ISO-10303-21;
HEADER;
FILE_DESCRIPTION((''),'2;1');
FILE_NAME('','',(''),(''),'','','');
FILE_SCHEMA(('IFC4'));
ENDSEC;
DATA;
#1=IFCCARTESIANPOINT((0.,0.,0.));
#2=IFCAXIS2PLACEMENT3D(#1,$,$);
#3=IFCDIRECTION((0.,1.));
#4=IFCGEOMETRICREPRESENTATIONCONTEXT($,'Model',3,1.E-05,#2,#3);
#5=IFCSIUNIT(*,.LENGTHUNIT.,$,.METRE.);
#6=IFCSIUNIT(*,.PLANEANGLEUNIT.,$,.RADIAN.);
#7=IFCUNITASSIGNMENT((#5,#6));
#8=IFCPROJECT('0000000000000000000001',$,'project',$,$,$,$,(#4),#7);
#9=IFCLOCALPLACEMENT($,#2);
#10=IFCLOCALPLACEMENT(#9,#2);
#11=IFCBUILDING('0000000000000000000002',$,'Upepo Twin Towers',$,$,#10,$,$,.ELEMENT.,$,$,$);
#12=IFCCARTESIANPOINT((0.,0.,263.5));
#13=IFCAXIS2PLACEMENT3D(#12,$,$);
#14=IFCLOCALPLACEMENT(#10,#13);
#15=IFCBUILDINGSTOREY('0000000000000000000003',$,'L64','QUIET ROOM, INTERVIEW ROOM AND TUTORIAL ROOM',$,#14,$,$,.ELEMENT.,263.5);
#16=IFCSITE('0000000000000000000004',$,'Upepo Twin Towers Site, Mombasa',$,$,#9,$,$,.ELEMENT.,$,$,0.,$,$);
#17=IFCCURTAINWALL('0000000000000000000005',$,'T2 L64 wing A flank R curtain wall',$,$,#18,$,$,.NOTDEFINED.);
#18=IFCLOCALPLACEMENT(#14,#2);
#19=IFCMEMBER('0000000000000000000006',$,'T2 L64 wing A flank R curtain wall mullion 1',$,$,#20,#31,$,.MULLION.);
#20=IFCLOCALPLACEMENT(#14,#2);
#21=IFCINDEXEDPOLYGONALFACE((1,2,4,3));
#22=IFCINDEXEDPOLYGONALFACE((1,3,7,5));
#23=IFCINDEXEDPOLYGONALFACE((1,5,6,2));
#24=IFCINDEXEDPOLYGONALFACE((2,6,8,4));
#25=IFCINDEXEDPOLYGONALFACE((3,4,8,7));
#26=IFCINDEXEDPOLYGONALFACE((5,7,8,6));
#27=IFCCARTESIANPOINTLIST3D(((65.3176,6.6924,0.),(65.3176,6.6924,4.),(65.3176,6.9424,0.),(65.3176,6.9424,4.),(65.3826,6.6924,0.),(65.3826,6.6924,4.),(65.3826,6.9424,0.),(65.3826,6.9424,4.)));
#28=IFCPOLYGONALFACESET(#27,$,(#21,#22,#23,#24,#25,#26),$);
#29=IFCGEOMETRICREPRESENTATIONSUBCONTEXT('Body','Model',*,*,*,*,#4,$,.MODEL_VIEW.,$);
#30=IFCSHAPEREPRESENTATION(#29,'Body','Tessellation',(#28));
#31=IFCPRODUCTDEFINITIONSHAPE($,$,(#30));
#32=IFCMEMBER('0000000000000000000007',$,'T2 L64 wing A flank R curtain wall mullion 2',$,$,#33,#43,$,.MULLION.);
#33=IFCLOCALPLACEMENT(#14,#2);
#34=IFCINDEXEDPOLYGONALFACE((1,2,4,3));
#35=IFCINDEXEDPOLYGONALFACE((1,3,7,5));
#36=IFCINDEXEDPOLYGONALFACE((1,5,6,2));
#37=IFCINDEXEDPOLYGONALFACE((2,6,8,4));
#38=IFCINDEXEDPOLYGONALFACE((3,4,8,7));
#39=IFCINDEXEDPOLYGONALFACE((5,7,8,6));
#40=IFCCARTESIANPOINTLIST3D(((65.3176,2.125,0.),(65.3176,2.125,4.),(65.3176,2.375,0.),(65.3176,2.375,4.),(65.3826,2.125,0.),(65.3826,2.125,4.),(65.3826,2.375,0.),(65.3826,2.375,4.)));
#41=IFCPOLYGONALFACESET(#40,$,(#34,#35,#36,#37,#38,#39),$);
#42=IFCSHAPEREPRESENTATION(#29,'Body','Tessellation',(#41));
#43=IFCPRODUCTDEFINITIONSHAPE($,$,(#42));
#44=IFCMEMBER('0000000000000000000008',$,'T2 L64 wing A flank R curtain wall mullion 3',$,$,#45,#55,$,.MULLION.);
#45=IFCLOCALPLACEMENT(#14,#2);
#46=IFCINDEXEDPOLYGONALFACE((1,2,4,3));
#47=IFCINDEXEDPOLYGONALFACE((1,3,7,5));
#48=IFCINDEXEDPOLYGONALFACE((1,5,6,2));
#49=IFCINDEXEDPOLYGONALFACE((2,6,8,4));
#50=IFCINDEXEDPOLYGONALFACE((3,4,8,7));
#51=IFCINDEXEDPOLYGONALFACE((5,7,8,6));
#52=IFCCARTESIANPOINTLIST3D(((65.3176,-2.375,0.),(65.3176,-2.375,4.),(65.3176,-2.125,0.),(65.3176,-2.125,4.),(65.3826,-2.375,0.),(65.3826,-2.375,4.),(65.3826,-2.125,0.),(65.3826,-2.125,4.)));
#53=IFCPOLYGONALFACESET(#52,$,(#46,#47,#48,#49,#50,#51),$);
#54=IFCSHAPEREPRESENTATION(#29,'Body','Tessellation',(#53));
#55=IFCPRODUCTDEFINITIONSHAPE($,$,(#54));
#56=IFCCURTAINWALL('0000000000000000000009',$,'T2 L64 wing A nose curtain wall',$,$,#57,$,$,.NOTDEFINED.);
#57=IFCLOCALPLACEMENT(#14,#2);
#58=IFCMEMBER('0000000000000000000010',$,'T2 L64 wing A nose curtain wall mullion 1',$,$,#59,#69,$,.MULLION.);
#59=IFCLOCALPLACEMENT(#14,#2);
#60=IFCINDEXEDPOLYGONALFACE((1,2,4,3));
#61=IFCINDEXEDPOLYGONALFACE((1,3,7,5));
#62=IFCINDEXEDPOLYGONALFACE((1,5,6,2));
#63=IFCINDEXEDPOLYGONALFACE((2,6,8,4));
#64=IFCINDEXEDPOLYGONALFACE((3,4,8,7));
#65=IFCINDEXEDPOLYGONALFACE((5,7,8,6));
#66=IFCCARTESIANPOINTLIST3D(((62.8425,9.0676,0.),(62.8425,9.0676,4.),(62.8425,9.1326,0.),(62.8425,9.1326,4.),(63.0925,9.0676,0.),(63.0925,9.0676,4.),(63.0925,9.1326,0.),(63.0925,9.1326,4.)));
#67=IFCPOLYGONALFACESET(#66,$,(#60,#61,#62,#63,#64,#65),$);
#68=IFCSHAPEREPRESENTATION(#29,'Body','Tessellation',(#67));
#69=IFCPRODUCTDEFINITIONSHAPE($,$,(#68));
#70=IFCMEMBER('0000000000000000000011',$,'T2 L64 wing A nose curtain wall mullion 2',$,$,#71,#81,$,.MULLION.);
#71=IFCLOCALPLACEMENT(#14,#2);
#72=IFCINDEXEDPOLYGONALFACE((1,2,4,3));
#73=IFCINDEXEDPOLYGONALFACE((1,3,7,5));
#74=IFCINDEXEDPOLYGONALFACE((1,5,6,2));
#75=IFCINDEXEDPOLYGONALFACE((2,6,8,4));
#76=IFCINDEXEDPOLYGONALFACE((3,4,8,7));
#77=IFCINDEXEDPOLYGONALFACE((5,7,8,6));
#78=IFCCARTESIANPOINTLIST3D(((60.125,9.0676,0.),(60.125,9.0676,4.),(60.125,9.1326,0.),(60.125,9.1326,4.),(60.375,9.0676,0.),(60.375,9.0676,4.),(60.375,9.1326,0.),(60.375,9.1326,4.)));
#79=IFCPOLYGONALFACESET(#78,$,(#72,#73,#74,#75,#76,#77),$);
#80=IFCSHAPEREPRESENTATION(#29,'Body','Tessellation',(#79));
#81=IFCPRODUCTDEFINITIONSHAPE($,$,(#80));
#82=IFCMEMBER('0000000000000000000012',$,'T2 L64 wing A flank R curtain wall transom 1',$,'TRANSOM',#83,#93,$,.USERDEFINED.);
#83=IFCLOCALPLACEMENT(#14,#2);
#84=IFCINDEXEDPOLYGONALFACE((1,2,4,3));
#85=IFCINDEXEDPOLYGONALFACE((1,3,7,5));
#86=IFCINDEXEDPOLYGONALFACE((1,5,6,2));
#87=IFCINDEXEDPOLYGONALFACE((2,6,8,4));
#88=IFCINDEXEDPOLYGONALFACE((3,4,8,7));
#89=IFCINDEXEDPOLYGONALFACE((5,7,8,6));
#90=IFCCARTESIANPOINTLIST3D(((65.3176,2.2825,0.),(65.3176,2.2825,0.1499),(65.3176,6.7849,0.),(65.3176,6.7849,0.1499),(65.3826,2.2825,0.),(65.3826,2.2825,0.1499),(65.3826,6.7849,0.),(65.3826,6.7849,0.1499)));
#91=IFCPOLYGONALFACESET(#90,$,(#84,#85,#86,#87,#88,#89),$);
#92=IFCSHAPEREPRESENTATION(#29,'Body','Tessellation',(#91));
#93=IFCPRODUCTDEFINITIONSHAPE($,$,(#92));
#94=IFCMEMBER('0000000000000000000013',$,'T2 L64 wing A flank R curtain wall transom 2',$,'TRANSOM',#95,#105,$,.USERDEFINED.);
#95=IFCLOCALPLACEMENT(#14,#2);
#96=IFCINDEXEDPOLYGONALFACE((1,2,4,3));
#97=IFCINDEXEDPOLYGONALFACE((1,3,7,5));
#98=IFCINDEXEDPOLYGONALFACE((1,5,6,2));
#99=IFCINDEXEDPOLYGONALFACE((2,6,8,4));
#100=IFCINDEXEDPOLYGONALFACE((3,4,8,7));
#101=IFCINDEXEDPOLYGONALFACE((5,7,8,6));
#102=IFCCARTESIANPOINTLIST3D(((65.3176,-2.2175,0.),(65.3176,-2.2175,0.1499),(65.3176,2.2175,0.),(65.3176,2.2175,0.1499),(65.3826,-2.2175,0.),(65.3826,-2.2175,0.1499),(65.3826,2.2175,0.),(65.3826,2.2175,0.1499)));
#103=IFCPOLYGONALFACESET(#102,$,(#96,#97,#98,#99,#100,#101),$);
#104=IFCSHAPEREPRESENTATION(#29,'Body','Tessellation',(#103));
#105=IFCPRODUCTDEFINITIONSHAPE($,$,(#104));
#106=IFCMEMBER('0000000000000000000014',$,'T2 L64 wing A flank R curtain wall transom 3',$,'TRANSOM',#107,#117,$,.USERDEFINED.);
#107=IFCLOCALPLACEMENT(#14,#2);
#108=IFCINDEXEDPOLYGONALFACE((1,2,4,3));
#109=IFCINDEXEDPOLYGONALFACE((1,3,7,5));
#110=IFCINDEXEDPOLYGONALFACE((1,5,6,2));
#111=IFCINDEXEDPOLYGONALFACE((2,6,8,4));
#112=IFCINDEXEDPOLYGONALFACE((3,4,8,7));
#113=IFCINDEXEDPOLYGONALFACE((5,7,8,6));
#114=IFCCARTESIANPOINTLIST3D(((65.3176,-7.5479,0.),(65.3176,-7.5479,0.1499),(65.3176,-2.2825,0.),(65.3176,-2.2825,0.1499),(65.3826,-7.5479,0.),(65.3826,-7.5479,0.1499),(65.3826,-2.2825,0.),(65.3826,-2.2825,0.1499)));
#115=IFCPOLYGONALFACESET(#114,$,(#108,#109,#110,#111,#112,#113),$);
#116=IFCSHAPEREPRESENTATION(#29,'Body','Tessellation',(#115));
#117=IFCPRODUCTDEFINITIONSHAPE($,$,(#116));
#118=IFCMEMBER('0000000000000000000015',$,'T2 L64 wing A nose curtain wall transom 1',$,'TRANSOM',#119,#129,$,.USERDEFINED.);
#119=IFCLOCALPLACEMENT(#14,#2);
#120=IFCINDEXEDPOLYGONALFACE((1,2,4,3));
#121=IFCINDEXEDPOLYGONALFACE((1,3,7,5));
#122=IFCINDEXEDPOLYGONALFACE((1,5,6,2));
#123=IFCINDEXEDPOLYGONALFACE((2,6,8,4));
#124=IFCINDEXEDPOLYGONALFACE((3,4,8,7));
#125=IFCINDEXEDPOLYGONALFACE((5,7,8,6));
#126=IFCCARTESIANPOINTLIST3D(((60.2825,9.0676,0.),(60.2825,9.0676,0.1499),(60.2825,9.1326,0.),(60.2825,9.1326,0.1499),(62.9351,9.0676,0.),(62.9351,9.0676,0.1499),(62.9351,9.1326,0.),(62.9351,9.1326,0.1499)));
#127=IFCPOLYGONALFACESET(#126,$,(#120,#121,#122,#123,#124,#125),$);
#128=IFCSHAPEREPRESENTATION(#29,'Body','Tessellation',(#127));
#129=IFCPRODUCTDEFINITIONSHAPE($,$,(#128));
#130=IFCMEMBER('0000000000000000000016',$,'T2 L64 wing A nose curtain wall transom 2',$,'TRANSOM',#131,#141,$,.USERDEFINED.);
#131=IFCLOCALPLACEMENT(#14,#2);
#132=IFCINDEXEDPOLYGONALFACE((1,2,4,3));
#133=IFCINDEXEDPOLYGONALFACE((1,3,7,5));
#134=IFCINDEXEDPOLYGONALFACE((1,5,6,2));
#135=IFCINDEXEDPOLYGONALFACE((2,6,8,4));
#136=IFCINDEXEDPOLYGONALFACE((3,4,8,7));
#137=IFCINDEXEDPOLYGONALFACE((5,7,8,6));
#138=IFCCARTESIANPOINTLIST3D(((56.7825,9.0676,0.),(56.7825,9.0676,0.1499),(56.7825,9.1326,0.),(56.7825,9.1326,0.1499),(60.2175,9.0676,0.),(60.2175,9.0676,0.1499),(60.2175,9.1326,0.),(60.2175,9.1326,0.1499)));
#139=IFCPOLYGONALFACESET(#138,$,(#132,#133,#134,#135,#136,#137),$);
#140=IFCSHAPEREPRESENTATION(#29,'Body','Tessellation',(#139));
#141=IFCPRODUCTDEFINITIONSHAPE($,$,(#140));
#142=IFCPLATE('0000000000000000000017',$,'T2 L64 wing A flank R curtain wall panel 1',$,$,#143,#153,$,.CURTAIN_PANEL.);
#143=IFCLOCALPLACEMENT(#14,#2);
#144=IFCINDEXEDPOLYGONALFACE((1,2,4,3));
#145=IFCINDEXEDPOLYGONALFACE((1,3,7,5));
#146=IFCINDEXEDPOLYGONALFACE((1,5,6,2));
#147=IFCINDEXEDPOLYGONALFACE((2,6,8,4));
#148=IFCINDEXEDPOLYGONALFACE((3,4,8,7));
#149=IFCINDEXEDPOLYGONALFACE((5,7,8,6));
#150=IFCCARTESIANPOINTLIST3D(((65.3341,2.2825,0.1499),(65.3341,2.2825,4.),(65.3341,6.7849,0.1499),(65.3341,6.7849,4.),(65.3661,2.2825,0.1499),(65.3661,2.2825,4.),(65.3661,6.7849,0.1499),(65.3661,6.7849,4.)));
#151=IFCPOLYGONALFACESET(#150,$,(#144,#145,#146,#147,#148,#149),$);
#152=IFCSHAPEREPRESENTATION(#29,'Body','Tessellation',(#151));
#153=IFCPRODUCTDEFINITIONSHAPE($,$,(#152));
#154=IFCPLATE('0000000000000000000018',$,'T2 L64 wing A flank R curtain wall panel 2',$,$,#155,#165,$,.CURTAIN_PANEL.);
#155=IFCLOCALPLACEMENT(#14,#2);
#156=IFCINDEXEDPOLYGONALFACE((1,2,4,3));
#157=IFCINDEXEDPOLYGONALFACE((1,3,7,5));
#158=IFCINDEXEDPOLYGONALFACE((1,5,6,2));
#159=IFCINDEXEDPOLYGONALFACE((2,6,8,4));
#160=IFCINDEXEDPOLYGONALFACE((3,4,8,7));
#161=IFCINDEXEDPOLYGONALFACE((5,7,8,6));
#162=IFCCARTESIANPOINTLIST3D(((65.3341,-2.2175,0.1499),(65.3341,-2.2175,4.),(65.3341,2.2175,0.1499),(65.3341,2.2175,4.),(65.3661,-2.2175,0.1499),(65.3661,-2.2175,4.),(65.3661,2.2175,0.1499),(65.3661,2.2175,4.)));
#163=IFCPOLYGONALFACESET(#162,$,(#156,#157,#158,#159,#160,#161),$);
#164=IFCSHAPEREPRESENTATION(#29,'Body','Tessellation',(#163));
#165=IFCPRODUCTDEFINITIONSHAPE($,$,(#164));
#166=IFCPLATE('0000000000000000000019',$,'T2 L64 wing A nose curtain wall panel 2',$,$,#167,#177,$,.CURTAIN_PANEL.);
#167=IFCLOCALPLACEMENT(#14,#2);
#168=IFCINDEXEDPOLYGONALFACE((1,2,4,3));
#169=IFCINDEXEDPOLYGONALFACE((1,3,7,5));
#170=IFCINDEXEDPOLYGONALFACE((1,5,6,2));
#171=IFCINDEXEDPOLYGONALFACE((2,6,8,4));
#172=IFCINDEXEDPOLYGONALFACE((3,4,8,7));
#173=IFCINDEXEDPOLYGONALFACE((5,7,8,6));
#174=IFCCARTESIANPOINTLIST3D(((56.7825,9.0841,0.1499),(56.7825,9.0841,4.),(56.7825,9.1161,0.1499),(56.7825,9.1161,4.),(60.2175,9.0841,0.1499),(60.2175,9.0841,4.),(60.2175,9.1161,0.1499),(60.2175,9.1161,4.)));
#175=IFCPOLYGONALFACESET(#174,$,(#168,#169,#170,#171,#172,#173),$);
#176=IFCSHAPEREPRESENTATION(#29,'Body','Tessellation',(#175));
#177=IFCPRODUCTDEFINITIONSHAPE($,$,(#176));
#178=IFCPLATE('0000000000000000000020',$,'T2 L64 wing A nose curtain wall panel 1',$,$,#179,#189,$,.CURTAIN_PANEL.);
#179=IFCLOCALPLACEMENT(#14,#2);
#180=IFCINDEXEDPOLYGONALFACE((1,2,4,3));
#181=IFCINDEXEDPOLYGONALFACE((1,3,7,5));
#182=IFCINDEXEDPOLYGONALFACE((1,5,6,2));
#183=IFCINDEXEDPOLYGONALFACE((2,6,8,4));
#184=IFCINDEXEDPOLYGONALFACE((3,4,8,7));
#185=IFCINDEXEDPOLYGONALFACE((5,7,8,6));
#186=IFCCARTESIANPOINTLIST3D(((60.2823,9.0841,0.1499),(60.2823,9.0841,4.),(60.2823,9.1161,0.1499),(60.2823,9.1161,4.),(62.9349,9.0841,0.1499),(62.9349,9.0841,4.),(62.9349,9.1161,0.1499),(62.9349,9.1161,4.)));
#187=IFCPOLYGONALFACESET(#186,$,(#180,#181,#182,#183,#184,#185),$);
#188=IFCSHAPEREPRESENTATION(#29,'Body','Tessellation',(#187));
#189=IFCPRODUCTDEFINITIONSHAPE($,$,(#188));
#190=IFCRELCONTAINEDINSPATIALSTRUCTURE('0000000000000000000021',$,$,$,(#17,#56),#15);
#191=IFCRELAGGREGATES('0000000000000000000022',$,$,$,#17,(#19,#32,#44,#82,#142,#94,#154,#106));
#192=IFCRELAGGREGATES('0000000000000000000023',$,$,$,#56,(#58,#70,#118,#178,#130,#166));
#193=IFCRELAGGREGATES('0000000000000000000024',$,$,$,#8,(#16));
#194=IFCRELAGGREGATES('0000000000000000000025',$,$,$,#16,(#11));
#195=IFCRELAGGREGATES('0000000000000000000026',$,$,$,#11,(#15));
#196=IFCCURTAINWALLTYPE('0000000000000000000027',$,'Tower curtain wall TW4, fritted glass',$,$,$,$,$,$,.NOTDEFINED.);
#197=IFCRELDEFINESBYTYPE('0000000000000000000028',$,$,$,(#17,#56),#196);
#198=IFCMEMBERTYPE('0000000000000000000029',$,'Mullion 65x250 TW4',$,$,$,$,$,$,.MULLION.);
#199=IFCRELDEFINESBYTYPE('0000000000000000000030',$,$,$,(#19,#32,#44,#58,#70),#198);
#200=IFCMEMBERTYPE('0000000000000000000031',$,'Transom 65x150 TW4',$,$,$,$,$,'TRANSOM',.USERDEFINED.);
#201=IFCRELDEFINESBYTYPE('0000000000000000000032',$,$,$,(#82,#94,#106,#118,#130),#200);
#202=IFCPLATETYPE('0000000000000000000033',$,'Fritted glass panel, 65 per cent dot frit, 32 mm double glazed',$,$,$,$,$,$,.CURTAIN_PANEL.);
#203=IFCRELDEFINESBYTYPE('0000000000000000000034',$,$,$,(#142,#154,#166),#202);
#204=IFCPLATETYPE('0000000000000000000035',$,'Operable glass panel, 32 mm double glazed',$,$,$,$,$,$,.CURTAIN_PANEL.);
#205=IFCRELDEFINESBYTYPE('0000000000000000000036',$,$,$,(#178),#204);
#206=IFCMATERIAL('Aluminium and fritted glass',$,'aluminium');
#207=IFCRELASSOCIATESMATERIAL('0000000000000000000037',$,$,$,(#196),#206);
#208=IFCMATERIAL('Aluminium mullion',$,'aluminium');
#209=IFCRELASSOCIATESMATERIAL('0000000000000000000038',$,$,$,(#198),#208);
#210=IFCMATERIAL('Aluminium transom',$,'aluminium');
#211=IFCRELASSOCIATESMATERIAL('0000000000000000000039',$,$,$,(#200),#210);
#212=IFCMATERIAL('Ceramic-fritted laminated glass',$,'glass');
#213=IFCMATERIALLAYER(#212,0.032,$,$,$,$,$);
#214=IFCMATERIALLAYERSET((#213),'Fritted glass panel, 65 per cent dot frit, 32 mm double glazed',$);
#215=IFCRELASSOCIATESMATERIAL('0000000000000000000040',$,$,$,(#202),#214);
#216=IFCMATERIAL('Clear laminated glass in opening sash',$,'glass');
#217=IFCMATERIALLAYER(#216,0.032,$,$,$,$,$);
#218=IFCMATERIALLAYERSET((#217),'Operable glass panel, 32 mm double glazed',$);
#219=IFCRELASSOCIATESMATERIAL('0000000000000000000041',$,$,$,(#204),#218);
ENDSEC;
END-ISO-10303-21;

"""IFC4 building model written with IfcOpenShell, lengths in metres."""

from ifc_helpers import new_model, si_unit, direction, frame, origin, origin_2d, place, context, subcontext, project, spatial, rectangle, extrude, material, layer, layer_set, material_profile, profile_set, type_object, element, aggregate, save


model = new_model("IFC4")

# Units and contexts
model_context = context("Model", 3, precision=1e-05, world=origin(), true_north=direction((0.0, 1.0)))
body_context = subcontext(model_context, "Body", "Model", "MODEL_VIEW")
ifc_project = project(units=[si_unit("LENGTHUNIT", "METRE"), si_unit("PLANEANGLEUNIT", "RADIAN")], contexts=[model_context])

# Site, building, storey
site_placement = place(None, origin())
site = spatial("IfcSite", under=ifc_project, at=site_placement, Name="Upepo Twin Towers Site, Mombasa", CompositionType="ELEMENT", RefElevation=0.0)
building_placement = place(site_placement, origin())
building = spatial("IfcBuilding", under=site, at=building_placement, Name="Upepo Twin Towers", CompositionType="ELEMENT")
storey_placement = place(building_placement, frame((0.0, 0.0, 263.5)))
storey = spatial("IfcBuildingStorey", under=building, at=storey_placement, Name="L64", Description="QUIET ROOM, INTERVIEW ROOM AND TUTORIAL ROOM", CompositionType="ELEMENT", Elevation=263.5)

# Curtain walls, members
ifc_material_1 = material(Name="Aluminium and fritted glass", Category="aluminium")
curtain_wall_type = type_object("IfcCurtainWallType", Name="Tower curtain wall TW4, fritted glass", PredefinedType="NOTDEFINED", material=ifc_material_1)
curtain_wall_1_placement = place(storey_placement, origin())
curtain_wall_1 = element("IfcCurtainWall", 1, at=curtain_wall_1_placement, inside=storey, type_object=curtain_wall_type, Name="T2 L64 wing A flank R curtain wall", PredefinedType="NOTDEFINED")
ifc_material_2 = material(Name="Aluminium mullion", Category="aluminium")
ifc_material_profile_1 = material_profile(ifc_material_2, rectangle(XDim=0.0649, YDim=0.25, at=origin_2d()), Name="MULLION 65x250")
ifc_profile_set_1 = profile_set([ifc_material_profile_1], Name="Aluminium mullion")
member_type_1 = type_object("IfcMemberType", Name="Mullion 65x250 TW4", PredefinedType="MULLION", material=ifc_profile_set_1)
member_1_placement = place(storey_placement, frame((65.3501, 6.8174, 0.0), z_axis=(0.0, 0.0, 1.0), x_axis=(1.0, 0.0, 0.0)))
member_1 = element("IfcMember", 2, at=member_1_placement, type_object=member_type_1, Name="T2 L64 wing A flank R curtain wall mullion 1", PredefinedType="MULLION", context=body_context, shape_type="SweptSolid", body=[
    extrude(rectangle(XDim=0.0649, YDim=0.25, at=origin_2d()), origin(), (0.0, 0.0, 1.0), 4.0),
])
member_2_placement = place(storey_placement, frame((65.3501, 2.25, 0.0), z_axis=(0.0, 0.0, 1.0), x_axis=(1.0, 0.0, 0.0)))
member_2 = element("IfcMember", 3, at=member_2_placement, type_object=member_type_1, Name="T2 L64 wing A flank R curtain wall mullion 2", PredefinedType="MULLION", context=body_context, shape_type="SweptSolid", body=[
    extrude(rectangle(XDim=0.0649, YDim=0.25, at=origin_2d()), origin(), (0.0, 0.0, 1.0), 4.0),
])
member_3_placement = place(storey_placement, frame((65.3501, -2.25, 0.0), z_axis=(0.0, 0.0, 1.0), x_axis=(1.0, 0.0, 0.0)))
member_3 = element("IfcMember", 4, at=member_3_placement, type_object=member_type_1, Name="T2 L64 wing A flank R curtain wall mullion 3", PredefinedType="MULLION", context=body_context, shape_type="SweptSolid", body=[
    extrude(rectangle(XDim=0.0649, YDim=0.25, at=origin_2d()), origin(), (0.0, 0.0, 1.0), 4.0),
])
curtain_wall_2_placement = place(storey_placement, origin())
curtain_wall_2 = element("IfcCurtainWall", 5, at=curtain_wall_2_placement, inside=storey, type_object=curtain_wall_type, Name="T2 L64 wing A nose curtain wall", PredefinedType="NOTDEFINED")
member_4_placement = place(storey_placement, frame((62.9675, 9.1001, 0.0), z_axis=(0.0, 0.0, 1.0), x_axis=(0.0, -1.0, 0.0)))
member_4 = element("IfcMember", 6, at=member_4_placement, type_object=member_type_1, Name="T2 L64 wing A nose curtain wall mullion 1", PredefinedType="MULLION", context=body_context, shape_type="SweptSolid", body=[
    extrude(rectangle(XDim=0.0649, YDim=0.25, at=origin_2d()), origin(), (0.0, 0.0, 1.0), 4.0),
])
member_5_placement = place(storey_placement, frame((60.25, 9.1001, 0.0), z_axis=(0.0, 0.0, 1.0), x_axis=(0.0, -1.0, 0.0)))
member_5 = element("IfcMember", 7, at=member_5_placement, type_object=member_type_1, Name="T2 L64 wing A nose curtain wall mullion 2", PredefinedType="MULLION", context=body_context, shape_type="SweptSolid", body=[
    extrude(rectangle(XDim=0.0649, YDim=0.25, at=origin_2d()), origin(), (0.0, 0.0, 1.0), 4.0),
])

# Members
ifc_material_3 = material(Name="Aluminium transom", Category="aluminium")
ifc_material_profile_2 = material_profile(ifc_material_3, rectangle(XDim=0.0649, YDim=0.1499, at=origin_2d()), Name="TRANSOM 65x150")
ifc_profile_set_2 = profile_set([ifc_material_profile_2], Name="Aluminium transom")
member_type_2 = type_object("IfcMemberType", Name="Transom 65x150 TW4", ElementType="TRANSOM", PredefinedType="USERDEFINED", material=ifc_profile_set_2)
member_6_placement = place(storey_placement, frame((65.3501, 6.7849, 0.075), z_axis=(0.0, -1.0, 0.0), x_axis=(1.0, 0.0, 0.0)))
member_6 = element("IfcMember", 8, at=member_6_placement, type_object=member_type_2, Name="T2 L64 wing A flank R curtain wall transom 1", ObjectType="TRANSOM", PredefinedType="USERDEFINED", context=body_context, shape_type="SweptSolid", body=[
    extrude(rectangle(XDim=0.0649, YDim=0.1499, at=origin_2d()), origin(), (0.0, 0.0, 1.0), 4.5024),
])
member_7_placement = place(storey_placement, frame((65.3501, 2.2175, 0.075), z_axis=(0.0, -1.0, 0.0), x_axis=(1.0, 0.0, 0.0)))
member_7 = element("IfcMember", 9, at=member_7_placement, type_object=member_type_2, Name="T2 L64 wing A flank R curtain wall transom 2", ObjectType="TRANSOM", PredefinedType="USERDEFINED", context=body_context, shape_type="SweptSolid", body=[
    extrude(rectangle(XDim=0.0649, YDim=0.1499, at=origin_2d()), origin(), (0.0, 0.0, 1.0), 4.4351),
])
member_8_placement = place(storey_placement, frame((65.3501, -2.2825, 0.075), z_axis=(0.0, -1.0, 0.0), x_axis=(1.0, 0.0, 0.0)))
member_8 = element("IfcMember", 10, at=member_8_placement, type_object=member_type_2, Name="T2 L64 wing A flank R curtain wall transom 3", ObjectType="TRANSOM", PredefinedType="USERDEFINED", context=body_context, shape_type="SweptSolid", body=[
    extrude(rectangle(XDim=0.0649, YDim=0.1499, at=origin_2d()), origin(), (0.0, 0.0, 1.0), 5.2654),
])
member_9_placement = place(storey_placement, frame((62.9351, 9.1001, 0.075), z_axis=(-1.0, 0.0, 0.0), x_axis=(0.0, -1.0, 0.0)))
member_9 = element("IfcMember", 11, at=member_9_placement, type_object=member_type_2, Name="T2 L64 wing A nose curtain wall transom 1", ObjectType="TRANSOM", PredefinedType="USERDEFINED", context=body_context, shape_type="SweptSolid", body=[
    extrude(rectangle(XDim=0.0649, YDim=0.1499, at=origin_2d()), origin(), (0.0, 0.0, 1.0), 2.6526),
])
member_10_placement = place(storey_placement, frame((60.2175, 9.1001, 0.075), z_axis=(-1.0, 0.0, 0.0), x_axis=(0.0, -1.0, 0.0)))
member_10 = element("IfcMember", 12, at=member_10_placement, type_object=member_type_2, Name="T2 L64 wing A nose curtain wall transom 2", ObjectType="TRANSOM", PredefinedType="USERDEFINED", context=body_context, shape_type="SweptSolid", body=[
    extrude(rectangle(XDim=0.0649, YDim=0.1499, at=origin_2d()), origin(), (0.0, 0.0, 1.0), 3.4351),
])

# Plates
ifc_material_4 = material(Name="Ceramic-fritted laminated glass", Category="glass")
ifc_layer_1 = layer(ifc_material_4, 0.032)
ifc_layer_set_1 = layer_set([ifc_layer_1], Name="Fritted glass panel, 65 per cent dot frit, 32 mm double glazed")
plate_type_1 = type_object("IfcPlateType", Name="Fritted glass panel, 65 per cent dot frit, 32 mm double glazed", PredefinedType="CURTAIN_PANEL", material=ifc_layer_set_1)
plate_1_placement = place(storey_placement, frame((65.3501, 4.5337, 0.1499), z_axis=(0.0, 0.0, 1.0), x_axis=(0.0, -1.0, 0.0)))
plate_1 = element("IfcPlate", 13, at=plate_1_placement, type_object=plate_type_1, Name="T2 L64 wing A flank R curtain wall panel 1", PredefinedType="CURTAIN_PANEL", context=body_context, shape_type="SweptSolid", body=[
    extrude(rectangle(XDim=4.5024, YDim=0.032, at=origin_2d()), origin(), (0.0, 0.0, 1.0), 3.8501),
])
plate_2_placement = place(storey_placement, frame((65.3501, 0.0, 0.1499), z_axis=(0.0, 0.0, 1.0), x_axis=(0.0, -1.0, 0.0)))
plate_2 = element("IfcPlate", 14, at=plate_2_placement, type_object=plate_type_1, Name="T2 L64 wing A flank R curtain wall panel 2", PredefinedType="CURTAIN_PANEL", context=body_context, shape_type="SweptSolid", body=[
    extrude(rectangle(XDim=4.4351, YDim=0.032, at=origin_2d()), origin(), (0.0, 0.0, 1.0), 3.8501),
])
aggregate(curtain_wall_1, [member_1, member_2, member_3, member_6, plate_1, member_7, plate_2, member_8])
plate_3_placement = place(storey_placement, frame((58.5, 9.1001, 0.1499), z_axis=(0.0, 0.0, 1.0), x_axis=(-1.0, 0.0, 0.0)))
plate_3 = element("IfcPlate", 15, at=plate_3_placement, type_object=plate_type_1, Name="T2 L64 wing A nose curtain wall panel 2", PredefinedType="CURTAIN_PANEL", context=body_context, shape_type="SweptSolid", body=[
    extrude(rectangle(XDim=3.4351, YDim=0.032, at=origin_2d()), origin(), (0.0, 0.0, 1.0), 3.8501),
])
ifc_material_5 = material(Name="Clear laminated glass in opening sash", Category="glass")
ifc_layer_2 = layer(ifc_material_5, 0.032)
ifc_layer_set_2 = layer_set([ifc_layer_2], Name="Operable glass panel, 32 mm double glazed")
plate_type_2 = type_object("IfcPlateType", Name="Operable glass panel, 32 mm double glazed", PredefinedType="CURTAIN_PANEL", material=ifc_layer_set_2)
plate_4_placement = place(storey_placement, frame((61.6086, 9.1001, 0.1499), z_axis=(0.0, 0.0, 1.0), x_axis=(-1.0, 0.0, 0.0)))
plate_4 = element("IfcPlate", 16, at=plate_4_placement, type_object=plate_type_2, Name="T2 L64 wing A nose curtain wall panel 1", PredefinedType="CURTAIN_PANEL", context=body_context, shape_type="SweptSolid", body=[
    extrude(rectangle(XDim=2.6526, YDim=0.032, at=origin_2d()), origin(), (0.0, 0.0, 1.0), 3.8501),
])
aggregate(curtain_wall_2, [member_4, member_5, member_9, plate_4, member_10, plate_3])

save(model, "model.ifc")
